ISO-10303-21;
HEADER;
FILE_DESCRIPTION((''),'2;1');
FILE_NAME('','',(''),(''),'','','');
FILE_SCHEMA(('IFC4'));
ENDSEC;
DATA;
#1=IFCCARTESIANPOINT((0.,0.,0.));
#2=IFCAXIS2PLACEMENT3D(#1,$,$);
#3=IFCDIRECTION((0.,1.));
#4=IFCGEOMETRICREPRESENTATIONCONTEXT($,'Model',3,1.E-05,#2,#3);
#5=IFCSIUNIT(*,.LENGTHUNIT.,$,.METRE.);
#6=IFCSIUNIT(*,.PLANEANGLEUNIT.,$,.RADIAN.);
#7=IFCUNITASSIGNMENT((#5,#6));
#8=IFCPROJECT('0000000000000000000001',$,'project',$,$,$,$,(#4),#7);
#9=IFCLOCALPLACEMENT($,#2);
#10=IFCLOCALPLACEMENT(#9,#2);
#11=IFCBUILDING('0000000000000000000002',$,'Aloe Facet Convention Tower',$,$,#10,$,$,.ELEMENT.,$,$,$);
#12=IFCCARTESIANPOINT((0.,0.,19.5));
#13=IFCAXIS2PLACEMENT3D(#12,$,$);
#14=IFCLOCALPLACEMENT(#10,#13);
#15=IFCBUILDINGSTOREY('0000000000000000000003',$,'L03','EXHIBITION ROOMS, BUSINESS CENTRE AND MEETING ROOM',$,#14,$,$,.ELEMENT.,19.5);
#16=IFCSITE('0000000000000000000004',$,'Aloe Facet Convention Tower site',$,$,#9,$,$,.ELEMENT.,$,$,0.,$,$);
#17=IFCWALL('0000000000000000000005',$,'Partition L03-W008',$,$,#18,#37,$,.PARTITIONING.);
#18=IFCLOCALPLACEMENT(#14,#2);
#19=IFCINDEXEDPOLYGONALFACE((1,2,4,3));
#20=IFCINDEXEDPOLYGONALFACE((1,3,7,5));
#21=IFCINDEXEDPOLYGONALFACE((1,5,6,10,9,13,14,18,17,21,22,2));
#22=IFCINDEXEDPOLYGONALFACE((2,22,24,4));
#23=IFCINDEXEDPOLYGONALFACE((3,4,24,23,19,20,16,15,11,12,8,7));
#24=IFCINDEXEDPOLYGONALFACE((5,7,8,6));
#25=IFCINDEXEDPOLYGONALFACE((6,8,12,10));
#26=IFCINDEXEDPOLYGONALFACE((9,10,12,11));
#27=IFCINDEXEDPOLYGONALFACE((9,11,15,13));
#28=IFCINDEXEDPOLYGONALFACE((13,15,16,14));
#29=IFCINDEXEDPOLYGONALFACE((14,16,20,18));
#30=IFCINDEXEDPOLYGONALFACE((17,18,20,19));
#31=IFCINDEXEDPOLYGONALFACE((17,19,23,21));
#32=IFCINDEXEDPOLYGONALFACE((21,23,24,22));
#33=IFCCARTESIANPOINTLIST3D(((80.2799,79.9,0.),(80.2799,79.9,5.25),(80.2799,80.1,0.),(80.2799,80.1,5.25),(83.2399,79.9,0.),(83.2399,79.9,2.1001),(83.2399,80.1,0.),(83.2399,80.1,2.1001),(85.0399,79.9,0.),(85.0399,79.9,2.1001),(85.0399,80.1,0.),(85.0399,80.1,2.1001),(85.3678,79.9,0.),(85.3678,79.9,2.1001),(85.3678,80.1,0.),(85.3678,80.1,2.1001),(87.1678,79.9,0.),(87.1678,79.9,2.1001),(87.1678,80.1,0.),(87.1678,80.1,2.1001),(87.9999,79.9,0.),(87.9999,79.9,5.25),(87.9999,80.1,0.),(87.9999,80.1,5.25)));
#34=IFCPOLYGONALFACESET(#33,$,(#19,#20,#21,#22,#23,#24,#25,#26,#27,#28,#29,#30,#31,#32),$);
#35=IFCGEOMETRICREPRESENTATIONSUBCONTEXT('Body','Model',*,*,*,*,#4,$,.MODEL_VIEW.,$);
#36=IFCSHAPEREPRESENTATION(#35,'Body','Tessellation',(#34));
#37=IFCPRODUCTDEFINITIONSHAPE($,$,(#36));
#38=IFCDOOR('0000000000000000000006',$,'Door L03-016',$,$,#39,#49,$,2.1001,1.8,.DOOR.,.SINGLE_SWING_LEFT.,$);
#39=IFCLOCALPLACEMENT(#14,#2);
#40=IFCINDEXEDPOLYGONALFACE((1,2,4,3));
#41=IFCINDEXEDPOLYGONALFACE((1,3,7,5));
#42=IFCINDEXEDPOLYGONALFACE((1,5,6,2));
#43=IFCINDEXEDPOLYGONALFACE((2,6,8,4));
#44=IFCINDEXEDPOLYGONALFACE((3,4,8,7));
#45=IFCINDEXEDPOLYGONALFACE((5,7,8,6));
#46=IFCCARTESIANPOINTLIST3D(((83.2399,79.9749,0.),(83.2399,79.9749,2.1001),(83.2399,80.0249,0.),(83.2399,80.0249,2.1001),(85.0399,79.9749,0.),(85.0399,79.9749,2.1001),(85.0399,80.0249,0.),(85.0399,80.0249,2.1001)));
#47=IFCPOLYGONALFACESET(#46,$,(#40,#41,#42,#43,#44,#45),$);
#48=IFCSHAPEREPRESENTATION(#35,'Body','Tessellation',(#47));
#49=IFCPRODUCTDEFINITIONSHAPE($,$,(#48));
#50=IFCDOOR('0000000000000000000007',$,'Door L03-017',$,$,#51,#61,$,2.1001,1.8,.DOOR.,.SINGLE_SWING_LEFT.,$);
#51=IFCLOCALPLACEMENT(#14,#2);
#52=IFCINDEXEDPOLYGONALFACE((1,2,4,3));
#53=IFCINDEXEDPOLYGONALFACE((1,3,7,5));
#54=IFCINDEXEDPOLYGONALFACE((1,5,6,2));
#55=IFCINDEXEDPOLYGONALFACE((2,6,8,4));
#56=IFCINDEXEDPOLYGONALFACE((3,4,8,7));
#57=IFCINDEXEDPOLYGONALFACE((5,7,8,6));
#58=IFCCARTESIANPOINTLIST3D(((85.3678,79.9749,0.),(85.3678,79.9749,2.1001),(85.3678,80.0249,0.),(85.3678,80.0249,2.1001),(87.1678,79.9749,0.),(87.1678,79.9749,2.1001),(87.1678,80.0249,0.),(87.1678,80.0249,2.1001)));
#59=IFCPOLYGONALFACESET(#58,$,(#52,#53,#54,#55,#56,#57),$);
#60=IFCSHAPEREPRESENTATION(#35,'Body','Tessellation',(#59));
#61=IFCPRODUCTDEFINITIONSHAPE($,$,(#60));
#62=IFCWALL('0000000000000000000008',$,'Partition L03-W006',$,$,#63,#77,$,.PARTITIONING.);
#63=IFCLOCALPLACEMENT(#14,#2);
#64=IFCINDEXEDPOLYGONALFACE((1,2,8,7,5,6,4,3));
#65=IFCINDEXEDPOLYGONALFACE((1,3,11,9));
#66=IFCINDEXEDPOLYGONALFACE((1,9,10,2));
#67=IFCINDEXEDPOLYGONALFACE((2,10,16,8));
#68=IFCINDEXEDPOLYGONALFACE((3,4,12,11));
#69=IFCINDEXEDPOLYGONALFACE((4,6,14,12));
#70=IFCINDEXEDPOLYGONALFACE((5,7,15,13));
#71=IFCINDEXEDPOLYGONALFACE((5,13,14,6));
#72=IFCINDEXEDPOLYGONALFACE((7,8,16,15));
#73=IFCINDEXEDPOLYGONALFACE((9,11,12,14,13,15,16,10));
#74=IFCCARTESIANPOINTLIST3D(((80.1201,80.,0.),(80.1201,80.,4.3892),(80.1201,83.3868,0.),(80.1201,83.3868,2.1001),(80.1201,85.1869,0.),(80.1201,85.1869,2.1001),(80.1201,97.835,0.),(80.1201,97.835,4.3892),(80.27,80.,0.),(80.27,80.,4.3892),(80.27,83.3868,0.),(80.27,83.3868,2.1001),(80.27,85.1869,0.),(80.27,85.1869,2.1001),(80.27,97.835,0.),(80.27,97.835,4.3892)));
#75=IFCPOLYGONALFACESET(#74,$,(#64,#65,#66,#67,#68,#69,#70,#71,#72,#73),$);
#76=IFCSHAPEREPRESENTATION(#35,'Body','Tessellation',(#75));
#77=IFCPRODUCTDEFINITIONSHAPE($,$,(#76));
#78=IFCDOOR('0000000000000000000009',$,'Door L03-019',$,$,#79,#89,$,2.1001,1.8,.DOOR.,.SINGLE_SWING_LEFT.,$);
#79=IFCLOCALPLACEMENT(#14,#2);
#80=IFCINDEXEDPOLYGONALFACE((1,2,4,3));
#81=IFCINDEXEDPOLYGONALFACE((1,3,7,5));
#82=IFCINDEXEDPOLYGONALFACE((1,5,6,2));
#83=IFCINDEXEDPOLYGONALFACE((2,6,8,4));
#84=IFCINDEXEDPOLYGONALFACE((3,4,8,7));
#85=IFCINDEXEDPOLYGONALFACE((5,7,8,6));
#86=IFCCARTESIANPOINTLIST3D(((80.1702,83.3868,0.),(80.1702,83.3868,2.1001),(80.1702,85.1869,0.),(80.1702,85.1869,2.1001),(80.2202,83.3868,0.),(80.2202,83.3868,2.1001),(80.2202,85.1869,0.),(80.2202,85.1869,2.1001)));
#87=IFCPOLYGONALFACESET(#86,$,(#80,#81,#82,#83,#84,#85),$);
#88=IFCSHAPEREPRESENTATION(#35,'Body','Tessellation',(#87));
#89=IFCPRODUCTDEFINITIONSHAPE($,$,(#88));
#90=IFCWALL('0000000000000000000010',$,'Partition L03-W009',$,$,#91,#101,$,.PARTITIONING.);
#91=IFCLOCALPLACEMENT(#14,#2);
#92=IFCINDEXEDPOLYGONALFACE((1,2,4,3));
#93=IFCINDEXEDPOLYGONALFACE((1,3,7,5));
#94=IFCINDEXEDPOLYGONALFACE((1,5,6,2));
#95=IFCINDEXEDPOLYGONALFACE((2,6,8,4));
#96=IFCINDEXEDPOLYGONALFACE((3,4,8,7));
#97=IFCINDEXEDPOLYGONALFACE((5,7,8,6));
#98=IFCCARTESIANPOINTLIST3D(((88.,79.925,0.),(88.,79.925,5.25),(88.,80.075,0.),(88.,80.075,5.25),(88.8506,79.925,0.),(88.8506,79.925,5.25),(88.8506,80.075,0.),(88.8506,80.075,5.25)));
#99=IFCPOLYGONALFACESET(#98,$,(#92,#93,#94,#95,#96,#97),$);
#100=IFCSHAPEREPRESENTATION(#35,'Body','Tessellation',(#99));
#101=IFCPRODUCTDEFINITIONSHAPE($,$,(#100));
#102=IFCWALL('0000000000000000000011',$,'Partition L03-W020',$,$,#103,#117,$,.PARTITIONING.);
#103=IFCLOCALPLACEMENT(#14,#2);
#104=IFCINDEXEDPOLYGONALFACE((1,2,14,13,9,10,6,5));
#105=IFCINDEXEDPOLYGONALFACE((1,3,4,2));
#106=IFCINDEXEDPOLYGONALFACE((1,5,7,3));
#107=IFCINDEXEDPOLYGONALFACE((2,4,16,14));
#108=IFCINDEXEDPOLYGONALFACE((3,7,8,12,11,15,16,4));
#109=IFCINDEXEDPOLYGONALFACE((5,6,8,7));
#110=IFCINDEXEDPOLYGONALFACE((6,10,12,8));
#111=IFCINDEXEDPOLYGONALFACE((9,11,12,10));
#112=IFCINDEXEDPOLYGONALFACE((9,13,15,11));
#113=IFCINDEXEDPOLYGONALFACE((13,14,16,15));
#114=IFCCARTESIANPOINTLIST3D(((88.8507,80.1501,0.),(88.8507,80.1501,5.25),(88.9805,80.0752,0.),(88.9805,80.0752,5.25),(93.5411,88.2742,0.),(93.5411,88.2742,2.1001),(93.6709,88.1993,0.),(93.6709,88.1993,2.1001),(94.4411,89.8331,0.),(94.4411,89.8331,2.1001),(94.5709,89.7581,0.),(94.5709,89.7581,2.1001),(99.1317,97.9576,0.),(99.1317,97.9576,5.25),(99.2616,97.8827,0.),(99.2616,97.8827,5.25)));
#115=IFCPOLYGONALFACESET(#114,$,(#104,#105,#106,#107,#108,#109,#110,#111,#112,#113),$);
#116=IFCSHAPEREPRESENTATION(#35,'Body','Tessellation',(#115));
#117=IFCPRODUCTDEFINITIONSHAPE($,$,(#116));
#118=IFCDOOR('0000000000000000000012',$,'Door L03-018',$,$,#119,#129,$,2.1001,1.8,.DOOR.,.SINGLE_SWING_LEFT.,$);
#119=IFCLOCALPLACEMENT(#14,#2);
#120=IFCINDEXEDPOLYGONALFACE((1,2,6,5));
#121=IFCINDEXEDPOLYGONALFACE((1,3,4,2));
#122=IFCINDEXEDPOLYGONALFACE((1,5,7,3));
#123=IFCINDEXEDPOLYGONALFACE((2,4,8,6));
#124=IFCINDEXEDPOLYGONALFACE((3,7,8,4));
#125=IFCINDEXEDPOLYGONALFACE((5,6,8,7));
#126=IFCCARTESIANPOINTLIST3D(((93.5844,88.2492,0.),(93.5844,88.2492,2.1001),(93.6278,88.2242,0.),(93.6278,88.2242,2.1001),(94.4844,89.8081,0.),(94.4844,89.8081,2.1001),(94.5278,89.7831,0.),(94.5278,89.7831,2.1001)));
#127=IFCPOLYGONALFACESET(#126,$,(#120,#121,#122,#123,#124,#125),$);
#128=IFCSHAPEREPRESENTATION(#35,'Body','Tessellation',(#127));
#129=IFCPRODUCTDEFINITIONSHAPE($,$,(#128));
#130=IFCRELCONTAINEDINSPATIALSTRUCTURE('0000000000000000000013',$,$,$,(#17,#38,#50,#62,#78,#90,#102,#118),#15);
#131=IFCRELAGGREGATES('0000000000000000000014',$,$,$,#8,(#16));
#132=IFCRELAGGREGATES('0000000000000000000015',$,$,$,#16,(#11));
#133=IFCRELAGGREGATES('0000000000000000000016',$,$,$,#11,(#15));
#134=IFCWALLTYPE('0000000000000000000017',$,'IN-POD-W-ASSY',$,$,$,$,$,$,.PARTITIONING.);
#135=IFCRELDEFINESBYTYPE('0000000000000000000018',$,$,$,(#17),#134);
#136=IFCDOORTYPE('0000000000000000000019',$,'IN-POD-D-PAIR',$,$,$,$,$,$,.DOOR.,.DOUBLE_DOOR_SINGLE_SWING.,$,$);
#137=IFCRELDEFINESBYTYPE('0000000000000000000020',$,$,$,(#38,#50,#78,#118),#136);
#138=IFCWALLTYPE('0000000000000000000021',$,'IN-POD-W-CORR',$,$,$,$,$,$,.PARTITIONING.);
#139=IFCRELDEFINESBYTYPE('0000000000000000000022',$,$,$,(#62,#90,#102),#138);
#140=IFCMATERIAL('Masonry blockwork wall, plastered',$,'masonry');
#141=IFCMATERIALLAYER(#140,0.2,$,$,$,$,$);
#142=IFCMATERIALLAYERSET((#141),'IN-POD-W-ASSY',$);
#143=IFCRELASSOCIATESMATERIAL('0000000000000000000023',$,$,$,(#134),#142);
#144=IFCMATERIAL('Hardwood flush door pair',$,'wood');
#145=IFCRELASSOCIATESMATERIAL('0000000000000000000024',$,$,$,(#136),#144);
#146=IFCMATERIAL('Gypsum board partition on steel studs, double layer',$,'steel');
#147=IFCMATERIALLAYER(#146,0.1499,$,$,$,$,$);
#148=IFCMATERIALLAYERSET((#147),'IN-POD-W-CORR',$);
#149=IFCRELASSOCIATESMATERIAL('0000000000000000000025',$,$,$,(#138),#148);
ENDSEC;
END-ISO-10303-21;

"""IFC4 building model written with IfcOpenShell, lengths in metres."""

from ifc_helpers import new_model, si_unit, direction, frame, frame_2d, origin, place, context, subcontext, project, spatial, rectangle, extrude, material, layer, layer_set, type_object, element, fill, save


model = new_model("IFC4")

# Units and contexts
model_context = context("Model", 3, precision=1e-05, world=origin(), true_north=direction((0.0, 1.0)))
body_context = subcontext(model_context, "Body", "Model", "MODEL_VIEW")
ifc_project = project(units=[si_unit("LENGTHUNIT", "METRE"), si_unit("PLANEANGLEUNIT", "RADIAN")], contexts=[model_context])

# Site, building, storey
site_placement = place(None, origin())
site = spatial("IfcSite", under=ifc_project, at=site_placement, Name="Aloe Facet Convention Tower site", CompositionType="ELEMENT", RefElevation=0.0)
building_placement = place(site_placement, origin())
building = spatial("IfcBuilding", under=site, at=building_placement, Name="Aloe Facet Convention Tower", CompositionType="ELEMENT")
storey_placement = place(building_placement, frame((0.0, 0.0, 19.5)))
storey = spatial("IfcBuildingStorey", under=building, at=storey_placement, Name="L03", Description="EXHIBITION ROOMS, BUSINESS CENTRE AND MEETING ROOM", CompositionType="ELEMENT", Elevation=19.5)

# Shared definitions
ifc_material_1 = material(Name="Masonry blockwork wall, plastered", Category="masonry")
ifc_layer_1 = layer(ifc_material_1, 0.2)
ifc_layer_set_1 = layer_set([ifc_layer_1], Name="IN-POD-W-ASSY")
wall_type_1 = type_object("IfcWallType", Name="IN-POD-W-ASSY", PredefinedType="PARTITIONING", material=ifc_layer_set_1)

# Wall, openings, doors
wall_1_placement = place(storey_placement, frame((80.28, 80.0, 0.0), z_axis=(0.0, 0.0, 1.0), x_axis=(1.0, 0.0, 0.0)))
wall_1 = element("IfcWall", 1, at=wall_1_placement, inside=storey, type_object=wall_type_1, Name="Partition L03-W008", PredefinedType="PARTITIONING", context=body_context, shape_type="SweptSolid", body=[
    extrude(rectangle(XDim=7.72, YDim=0.2, at=frame_2d((3.8599, 0.0))), origin(), (0.0, 0.0, 1.0), 5.25),
])
opening_1_placement = place(wall_1_placement, frame((2.96, 0.0, 0.0)))
opening_1 = element("IfcOpeningElement", 2, at=opening_1_placement, cuts=wall_1, PredefinedType="OPENING", context=body_context, shape_type="SweptSolid", body=[
    extrude(rectangle(XDim=1.8, YDim=2.1001, at=frame_2d((0.8999, 1.05))), frame((0.0, 0.1099, 0.0), z_axis=(0.0, -1.0, 0.0), x_axis=(1.0, 0.0, 0.0)), (0.0, 0.0, 1.0), 0.22),
])
opening_2_placement = place(wall_1_placement, frame((5.0879, 0.0, 0.0)))
opening_2 = element("IfcOpeningElement", 3, at=opening_2_placement, cuts=wall_1, PredefinedType="OPENING", context=body_context, shape_type="SweptSolid", body=[
    extrude(rectangle(XDim=1.8, YDim=2.1001, at=frame_2d((0.8999, 1.05))), frame((0.0, 0.1099, 0.0), z_axis=(0.0, -1.0, 0.0), x_axis=(1.0, 0.0, 0.0)), (0.0, 0.0, 1.0), 0.22),
])
ifc_material_2 = material(Name="Hardwood flush door pair", Category="wood")
door_type = type_object("IfcDoorType", Name="IN-POD-D-PAIR", OperationType="DOUBLE_DOOR_SINGLE_SWING", PredefinedType="DOOR", material=ifc_material_2)
door_1_placement = place(opening_1_placement, origin())
door_1 = element("IfcDoor", 4, at=door_1_placement, inside=storey, type_object=door_type, Name="Door L03-016", OperationType="SINGLE_SWING_LEFT", OverallHeight=2.1001, OverallWidth=1.8, PredefinedType="DOOR", context=body_context, shape_type="SweptSolid", body=[
    extrude(rectangle(XDim=1.8, YDim=2.1001, at=frame_2d((0.8999, 1.05))), frame((0.0, 0.0249, 0.0), z_axis=(0.0, -1.0, 0.0), x_axis=(1.0, 0.0, 0.0)), (0.0, 0.0, 1.0), 0.05),
])
fill(opening_1, door_1)
door_2_placement = place(opening_2_placement, origin())
door_2 = element("IfcDoor", 5, at=door_2_placement, inside=storey, type_object=door_type, Name="Door L03-017", OperationType="SINGLE_SWING_LEFT", OverallHeight=2.1001, OverallWidth=1.8, PredefinedType="DOOR", context=body_context, shape_type="SweptSolid", body=[
    extrude(rectangle(XDim=1.8, YDim=2.1001, at=frame_2d((0.8999, 1.05))), frame((0.0, 0.0249, 0.0), z_axis=(0.0, -1.0, 0.0), x_axis=(1.0, 0.0, 0.0)), (0.0, 0.0, 1.0), 0.05),
])
fill(opening_2, door_2)

# Wall, opening, door
ifc_material_3 = material(Name="Gypsum board partition on steel studs, double layer", Category="steel")
ifc_layer_2 = layer(ifc_material_3, 0.1499)
ifc_layer_set_2 = layer_set([ifc_layer_2], Name="IN-POD-W-CORR")
wall_type_2 = type_object("IfcWallType", Name="IN-POD-W-CORR", PredefinedType="PARTITIONING", material=ifc_layer_set_2)
wall_2_placement = place(storey_placement, frame((80.1951, 80.0, 0.0), z_axis=(0.0, 0.0, 1.0), x_axis=(0.0, 1.0, 0.0)))
wall_2 = element("IfcWall", 6, at=wall_2_placement, inside=storey, type_object=wall_type_2, Name="Partition L03-W006", PredefinedType="PARTITIONING", context=body_context, shape_type="SweptSolid", body=[
    extrude(rectangle(XDim=17.835, YDim=0.1499, at=frame_2d((8.9175, 0.0))), origin(), (0.0, 0.0, 1.0), 4.3892),
])
opening_3_placement = place(wall_2_placement, frame((3.387, 0.0, 0.0)))
opening_3 = element("IfcOpeningElement", 7, at=opening_3_placement, cuts=wall_2, PredefinedType="OPENING", context=body_context, shape_type="SweptSolid", body=[
    extrude(rectangle(XDim=1.8, YDim=2.1001, at=frame_2d((0.8999, 1.05))), frame((0.0, 0.085, 0.0), z_axis=(0.0, -1.0, 0.0), x_axis=(1.0, 0.0, 0.0)), (0.0, 0.0, 1.0), 0.1699),
])
door_3_placement = place(opening_3_placement, origin())
door_3 = element("IfcDoor", 8, at=door_3_placement, inside=storey, type_object=door_type, Name="Door L03-019", OperationType="SINGLE_SWING_LEFT", OverallHeight=2.1001, OverallWidth=1.8, PredefinedType="DOOR", context=body_context, shape_type="SweptSolid", body=[
    extrude(rectangle(XDim=1.8, YDim=2.1001, at=frame_2d((0.8999, 1.05))), frame((0.0, 0.0249, 0.0), z_axis=(0.0, -1.0, 0.0), x_axis=(1.0, 0.0, 0.0)), (0.0, 0.0, 1.0), 0.05),
])
fill(opening_3, door_3)

# Wall
wall_3_placement = place(storey_placement, frame((88.0, 80.0, 0.0), z_axis=(0.0, 0.0, 1.0), x_axis=(1.0, 0.0, 0.0)))
element("IfcWall", 9, at=wall_3_placement, inside=storey, type_object=wall_type_2, Name="Partition L03-W009", PredefinedType="PARTITIONING", context=body_context, shape_type="SweptSolid", body=[
    extrude(rectangle(XDim=0.8506, YDim=0.1499, at=frame_2d((0.4253, 0.0))), origin(), (0.0, 0.0, 1.0), 5.25),
])

# Wall, opening, door
wall_4_placement = place(storey_placement, frame((88.9155, 80.1125, 0.0), z_axis=(0.0, 0.0, 1.0), x_axis=(0.499997, 0.866027, 0.0)))
wall_4 = element("IfcWall", 10, at=wall_4_placement, inside=storey, type_object=wall_type_2, Name="Partition L03-W020", PredefinedType="PARTITIONING", context=body_context, shape_type="SweptSolid", body=[
    extrude(rectangle(XDim=20.5623, YDim=0.1499, at=frame_2d((10.2812, 0.0))), origin(), (0.0, 0.0, 1.0), 5.25),
])
opening_4_placement = place(wall_4_placement, frame((9.3811, 0.0, 0.0)))
opening_4 = element("IfcOpeningElement", 11, at=opening_4_placement, cuts=wall_4, PredefinedType="OPENING", context=body_context, shape_type="SweptSolid", body=[
    extrude(rectangle(XDim=1.8, YDim=2.1001, at=frame_2d((0.8999, 1.05))), frame((0.0, 0.085, 0.0), z_axis=(0.0, -1.0, 0.0), x_axis=(1.0, 0.0, 0.0)), (0.0, 0.0, 1.0), 0.1699),
])
door_4_placement = place(opening_4_placement, origin())
door_4 = element("IfcDoor", 12, at=door_4_placement, inside=storey, type_object=door_type, Name="Door L03-018", OperationType="SINGLE_SWING_LEFT", OverallHeight=2.1001, OverallWidth=1.8, PredefinedType="DOOR", context=body_context, shape_type="SweptSolid", body=[
    extrude(rectangle(XDim=1.8, YDim=2.1001, at=frame_2d((0.8999, 1.05))), frame((0.0, 0.0249, 0.0), z_axis=(0.0, -1.0, 0.0), x_axis=(1.0, 0.0, 0.0)), (0.0, 0.0, 1.0), 0.05),
])
fill(opening_4, door_4)

save(model, "model.ifc")
